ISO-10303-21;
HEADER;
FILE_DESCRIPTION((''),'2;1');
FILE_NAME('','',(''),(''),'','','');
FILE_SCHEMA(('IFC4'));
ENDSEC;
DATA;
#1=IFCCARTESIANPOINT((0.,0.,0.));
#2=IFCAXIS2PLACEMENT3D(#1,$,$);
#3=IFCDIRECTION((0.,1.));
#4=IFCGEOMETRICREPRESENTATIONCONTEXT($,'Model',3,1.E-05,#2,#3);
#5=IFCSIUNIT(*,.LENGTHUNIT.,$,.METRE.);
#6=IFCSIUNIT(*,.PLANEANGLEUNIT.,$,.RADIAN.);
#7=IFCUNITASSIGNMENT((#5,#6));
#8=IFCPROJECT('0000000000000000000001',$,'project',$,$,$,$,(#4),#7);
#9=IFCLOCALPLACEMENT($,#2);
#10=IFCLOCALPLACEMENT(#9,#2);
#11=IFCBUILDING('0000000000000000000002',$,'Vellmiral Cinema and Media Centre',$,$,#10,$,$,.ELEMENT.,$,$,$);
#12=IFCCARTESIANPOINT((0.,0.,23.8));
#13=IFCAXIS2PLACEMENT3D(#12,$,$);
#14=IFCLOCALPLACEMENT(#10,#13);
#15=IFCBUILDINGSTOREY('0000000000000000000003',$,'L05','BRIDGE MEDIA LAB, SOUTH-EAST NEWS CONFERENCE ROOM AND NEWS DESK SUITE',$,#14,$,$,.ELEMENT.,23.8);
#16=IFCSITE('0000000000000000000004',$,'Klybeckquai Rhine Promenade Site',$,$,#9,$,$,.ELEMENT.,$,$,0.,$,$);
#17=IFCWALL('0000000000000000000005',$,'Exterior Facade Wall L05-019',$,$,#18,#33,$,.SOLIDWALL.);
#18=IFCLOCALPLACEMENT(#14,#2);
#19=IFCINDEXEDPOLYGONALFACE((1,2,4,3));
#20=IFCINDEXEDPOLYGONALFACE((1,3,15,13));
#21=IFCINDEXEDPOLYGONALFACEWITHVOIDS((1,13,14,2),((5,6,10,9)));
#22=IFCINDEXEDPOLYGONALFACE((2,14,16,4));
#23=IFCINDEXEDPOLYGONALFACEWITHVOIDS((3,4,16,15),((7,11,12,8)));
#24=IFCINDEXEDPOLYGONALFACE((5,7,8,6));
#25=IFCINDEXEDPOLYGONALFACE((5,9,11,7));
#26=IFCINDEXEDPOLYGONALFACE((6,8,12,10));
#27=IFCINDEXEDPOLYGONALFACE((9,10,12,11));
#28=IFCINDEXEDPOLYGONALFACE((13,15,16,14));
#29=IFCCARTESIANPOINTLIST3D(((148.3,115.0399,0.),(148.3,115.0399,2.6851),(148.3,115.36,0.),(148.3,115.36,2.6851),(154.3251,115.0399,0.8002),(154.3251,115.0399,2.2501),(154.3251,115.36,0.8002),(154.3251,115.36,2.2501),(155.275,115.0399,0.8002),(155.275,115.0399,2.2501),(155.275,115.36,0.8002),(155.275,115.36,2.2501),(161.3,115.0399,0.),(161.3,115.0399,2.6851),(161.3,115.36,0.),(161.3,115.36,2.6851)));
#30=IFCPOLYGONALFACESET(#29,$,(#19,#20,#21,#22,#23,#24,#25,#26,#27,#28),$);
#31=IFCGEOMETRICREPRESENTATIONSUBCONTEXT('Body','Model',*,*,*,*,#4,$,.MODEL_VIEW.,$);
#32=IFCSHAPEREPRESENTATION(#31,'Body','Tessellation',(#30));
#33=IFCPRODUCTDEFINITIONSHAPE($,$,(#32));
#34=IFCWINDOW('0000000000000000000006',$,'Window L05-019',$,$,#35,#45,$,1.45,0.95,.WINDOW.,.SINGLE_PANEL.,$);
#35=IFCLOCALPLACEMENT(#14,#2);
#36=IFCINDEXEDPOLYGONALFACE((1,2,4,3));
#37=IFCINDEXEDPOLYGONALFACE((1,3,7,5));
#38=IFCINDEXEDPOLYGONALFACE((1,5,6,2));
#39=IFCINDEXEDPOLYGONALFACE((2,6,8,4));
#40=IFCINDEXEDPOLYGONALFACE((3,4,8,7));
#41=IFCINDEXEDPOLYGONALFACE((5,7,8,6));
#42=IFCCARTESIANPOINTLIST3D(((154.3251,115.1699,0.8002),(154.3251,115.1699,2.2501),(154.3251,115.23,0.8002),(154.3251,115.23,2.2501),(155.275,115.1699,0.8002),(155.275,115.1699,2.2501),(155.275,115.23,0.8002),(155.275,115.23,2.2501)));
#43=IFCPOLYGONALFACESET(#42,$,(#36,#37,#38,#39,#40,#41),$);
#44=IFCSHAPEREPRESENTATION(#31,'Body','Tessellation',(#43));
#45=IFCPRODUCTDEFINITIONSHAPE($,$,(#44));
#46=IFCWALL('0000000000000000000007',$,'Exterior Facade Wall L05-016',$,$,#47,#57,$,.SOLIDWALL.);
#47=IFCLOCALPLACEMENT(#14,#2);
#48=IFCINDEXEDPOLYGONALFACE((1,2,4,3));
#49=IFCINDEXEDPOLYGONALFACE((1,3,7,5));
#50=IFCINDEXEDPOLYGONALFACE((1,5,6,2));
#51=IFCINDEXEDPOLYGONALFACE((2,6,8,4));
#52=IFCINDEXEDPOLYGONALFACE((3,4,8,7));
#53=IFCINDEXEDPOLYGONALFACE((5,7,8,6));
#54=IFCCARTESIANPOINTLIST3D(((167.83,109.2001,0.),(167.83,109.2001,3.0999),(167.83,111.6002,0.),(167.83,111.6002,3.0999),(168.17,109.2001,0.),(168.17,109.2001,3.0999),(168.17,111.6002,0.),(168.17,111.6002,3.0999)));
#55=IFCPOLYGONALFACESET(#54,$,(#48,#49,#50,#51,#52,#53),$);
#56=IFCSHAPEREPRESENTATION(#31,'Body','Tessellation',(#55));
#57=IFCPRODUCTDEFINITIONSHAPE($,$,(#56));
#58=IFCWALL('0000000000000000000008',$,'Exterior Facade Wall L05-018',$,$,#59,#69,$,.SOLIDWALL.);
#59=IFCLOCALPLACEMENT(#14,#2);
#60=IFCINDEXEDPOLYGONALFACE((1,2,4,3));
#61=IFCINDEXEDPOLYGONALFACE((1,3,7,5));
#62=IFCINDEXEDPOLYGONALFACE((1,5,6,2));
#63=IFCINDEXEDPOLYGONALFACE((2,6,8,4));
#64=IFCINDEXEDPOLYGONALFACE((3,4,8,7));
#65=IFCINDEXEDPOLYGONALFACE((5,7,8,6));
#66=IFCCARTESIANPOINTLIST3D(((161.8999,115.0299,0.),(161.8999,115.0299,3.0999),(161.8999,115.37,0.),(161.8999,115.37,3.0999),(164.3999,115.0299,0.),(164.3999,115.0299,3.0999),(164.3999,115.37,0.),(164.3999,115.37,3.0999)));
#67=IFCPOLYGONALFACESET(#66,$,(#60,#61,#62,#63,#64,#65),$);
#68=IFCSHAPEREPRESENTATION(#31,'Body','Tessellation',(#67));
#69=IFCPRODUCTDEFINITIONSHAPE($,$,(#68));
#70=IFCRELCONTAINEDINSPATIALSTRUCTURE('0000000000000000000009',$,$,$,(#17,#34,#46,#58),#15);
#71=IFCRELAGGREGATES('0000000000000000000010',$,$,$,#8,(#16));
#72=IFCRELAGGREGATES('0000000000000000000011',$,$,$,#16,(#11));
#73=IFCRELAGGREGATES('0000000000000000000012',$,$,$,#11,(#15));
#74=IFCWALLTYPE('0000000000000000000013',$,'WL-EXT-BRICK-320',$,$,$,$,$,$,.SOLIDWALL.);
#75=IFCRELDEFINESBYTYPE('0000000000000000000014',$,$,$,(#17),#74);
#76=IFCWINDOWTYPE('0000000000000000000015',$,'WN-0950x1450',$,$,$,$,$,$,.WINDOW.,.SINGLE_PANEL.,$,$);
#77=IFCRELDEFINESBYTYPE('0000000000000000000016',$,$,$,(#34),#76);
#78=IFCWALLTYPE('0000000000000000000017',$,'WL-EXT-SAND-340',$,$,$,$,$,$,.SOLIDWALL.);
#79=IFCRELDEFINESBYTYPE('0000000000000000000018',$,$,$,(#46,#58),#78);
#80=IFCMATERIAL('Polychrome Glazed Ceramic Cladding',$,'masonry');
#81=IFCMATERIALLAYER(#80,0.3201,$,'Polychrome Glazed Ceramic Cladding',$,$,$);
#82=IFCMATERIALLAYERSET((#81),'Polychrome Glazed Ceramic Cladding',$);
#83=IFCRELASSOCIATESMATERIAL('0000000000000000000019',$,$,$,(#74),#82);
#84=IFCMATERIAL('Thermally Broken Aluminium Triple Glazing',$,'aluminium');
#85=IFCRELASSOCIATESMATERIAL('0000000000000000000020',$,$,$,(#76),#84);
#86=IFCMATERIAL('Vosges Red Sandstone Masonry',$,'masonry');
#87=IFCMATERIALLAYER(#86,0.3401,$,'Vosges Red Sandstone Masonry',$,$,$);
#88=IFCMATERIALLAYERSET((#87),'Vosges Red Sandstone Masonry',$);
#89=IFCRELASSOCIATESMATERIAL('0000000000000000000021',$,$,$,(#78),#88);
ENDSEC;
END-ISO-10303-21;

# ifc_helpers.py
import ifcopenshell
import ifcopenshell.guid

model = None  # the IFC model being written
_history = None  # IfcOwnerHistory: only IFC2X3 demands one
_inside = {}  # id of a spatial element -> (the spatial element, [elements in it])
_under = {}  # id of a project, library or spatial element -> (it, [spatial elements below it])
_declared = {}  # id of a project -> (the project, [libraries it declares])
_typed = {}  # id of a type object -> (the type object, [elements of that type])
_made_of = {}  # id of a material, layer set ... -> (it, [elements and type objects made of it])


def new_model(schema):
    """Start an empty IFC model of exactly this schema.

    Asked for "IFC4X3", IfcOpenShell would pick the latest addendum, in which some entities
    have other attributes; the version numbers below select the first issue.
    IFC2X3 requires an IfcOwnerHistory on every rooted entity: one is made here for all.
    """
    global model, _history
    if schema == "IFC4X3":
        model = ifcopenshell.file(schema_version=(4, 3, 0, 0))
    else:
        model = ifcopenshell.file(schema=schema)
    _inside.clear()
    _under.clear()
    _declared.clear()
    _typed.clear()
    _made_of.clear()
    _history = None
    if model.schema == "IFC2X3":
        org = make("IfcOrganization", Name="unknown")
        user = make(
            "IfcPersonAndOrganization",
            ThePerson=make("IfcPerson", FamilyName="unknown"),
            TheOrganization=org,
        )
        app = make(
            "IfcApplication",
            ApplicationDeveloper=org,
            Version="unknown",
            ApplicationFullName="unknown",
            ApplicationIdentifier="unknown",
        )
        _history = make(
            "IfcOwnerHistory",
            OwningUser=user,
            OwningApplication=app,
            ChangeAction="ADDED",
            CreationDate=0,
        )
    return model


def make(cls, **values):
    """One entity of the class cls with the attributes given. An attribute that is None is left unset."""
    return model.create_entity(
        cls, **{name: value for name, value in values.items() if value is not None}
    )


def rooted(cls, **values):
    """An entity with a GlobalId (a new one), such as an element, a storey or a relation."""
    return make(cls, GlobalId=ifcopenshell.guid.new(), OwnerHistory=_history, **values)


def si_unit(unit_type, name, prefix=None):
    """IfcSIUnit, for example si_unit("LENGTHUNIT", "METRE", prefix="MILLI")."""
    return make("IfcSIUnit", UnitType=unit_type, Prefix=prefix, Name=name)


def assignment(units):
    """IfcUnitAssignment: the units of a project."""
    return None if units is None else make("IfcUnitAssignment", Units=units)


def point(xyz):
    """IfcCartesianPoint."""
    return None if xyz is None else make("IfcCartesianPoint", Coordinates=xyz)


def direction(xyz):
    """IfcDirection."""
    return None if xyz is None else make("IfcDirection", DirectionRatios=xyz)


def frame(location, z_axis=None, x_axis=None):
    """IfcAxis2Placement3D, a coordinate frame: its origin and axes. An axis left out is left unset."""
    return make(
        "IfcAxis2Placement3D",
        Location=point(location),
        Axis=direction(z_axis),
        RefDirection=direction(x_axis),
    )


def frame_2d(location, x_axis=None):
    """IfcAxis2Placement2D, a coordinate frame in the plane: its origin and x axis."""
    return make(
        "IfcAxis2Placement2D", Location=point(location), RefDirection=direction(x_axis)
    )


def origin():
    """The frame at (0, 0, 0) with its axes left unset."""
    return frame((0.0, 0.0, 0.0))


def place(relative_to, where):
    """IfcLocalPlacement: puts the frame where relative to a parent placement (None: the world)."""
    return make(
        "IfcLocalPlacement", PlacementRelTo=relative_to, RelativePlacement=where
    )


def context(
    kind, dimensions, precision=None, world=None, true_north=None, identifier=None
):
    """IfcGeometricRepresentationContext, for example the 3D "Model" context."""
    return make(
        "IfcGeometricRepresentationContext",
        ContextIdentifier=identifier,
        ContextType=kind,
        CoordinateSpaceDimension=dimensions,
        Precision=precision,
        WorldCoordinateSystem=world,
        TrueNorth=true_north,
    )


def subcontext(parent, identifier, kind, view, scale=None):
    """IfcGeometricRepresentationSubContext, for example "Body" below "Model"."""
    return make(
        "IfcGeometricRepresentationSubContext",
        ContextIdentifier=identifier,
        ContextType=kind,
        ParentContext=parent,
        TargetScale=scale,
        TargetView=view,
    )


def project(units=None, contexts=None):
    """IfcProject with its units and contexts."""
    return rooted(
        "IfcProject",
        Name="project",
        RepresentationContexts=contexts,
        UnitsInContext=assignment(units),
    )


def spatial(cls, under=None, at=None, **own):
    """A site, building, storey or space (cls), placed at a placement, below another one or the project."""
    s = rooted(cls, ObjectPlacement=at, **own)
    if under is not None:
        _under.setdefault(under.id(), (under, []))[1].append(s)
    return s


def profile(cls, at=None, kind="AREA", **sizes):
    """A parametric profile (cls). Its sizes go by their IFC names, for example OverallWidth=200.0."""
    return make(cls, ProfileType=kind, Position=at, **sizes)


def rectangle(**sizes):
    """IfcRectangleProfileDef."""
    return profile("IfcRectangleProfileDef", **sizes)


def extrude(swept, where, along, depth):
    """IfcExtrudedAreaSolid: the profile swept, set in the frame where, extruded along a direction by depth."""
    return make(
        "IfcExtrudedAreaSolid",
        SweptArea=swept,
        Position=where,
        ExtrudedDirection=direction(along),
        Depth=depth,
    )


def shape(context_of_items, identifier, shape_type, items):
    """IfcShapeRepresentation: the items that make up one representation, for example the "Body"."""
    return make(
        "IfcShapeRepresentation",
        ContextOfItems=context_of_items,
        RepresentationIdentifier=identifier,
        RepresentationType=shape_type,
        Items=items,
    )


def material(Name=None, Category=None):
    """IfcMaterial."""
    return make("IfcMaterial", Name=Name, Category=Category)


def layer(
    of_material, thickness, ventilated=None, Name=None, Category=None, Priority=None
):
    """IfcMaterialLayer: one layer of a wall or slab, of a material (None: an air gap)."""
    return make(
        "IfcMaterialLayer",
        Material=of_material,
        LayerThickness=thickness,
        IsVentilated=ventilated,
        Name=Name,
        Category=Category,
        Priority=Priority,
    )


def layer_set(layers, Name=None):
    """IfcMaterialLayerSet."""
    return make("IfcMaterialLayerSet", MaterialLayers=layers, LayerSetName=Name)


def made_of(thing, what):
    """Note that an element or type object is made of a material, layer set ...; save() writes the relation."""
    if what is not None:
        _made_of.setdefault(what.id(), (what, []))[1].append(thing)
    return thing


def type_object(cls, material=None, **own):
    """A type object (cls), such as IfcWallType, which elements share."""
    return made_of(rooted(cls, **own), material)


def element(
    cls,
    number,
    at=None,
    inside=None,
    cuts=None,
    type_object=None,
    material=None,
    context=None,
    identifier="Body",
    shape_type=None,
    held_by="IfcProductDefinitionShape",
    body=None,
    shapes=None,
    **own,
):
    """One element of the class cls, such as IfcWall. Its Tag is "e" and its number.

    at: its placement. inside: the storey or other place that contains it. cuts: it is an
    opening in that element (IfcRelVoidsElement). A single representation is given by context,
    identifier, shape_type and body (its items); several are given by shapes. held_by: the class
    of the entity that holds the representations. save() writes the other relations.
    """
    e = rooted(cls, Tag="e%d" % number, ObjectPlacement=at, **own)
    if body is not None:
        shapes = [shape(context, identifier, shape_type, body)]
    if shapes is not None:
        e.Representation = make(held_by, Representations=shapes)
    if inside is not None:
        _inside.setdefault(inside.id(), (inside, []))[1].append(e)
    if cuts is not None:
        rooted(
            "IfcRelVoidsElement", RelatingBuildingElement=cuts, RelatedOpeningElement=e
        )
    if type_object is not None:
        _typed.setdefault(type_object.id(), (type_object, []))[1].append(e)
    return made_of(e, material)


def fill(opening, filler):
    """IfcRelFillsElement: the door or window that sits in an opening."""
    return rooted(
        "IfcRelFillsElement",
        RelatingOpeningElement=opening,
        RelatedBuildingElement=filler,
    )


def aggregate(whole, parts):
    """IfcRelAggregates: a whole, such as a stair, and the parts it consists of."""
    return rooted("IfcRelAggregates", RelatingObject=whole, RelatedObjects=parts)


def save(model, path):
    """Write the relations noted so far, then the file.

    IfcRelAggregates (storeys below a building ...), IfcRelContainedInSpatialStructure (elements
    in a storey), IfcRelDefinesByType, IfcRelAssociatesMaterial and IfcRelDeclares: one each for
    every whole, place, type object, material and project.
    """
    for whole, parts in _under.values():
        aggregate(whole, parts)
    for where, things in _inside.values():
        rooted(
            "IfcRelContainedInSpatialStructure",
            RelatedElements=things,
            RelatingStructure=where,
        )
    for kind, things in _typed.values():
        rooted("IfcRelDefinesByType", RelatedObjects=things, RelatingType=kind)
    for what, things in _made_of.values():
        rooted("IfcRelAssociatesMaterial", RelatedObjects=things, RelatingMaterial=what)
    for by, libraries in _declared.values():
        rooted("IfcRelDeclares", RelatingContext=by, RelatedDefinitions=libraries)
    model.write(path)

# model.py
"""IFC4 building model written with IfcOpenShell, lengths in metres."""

from ifc_helpers import new_model, si_unit, direction, frame, frame_2d, origin, place, context, subcontext, project, spatial, rectangle, extrude, material, layer, layer_set, type_object, element, fill, save


model = new_model("IFC4")

# Units and contexts
model_context = context("Model", 3, precision=1e-05, world=origin(), true_north=direction((0.0, 1.0)))
body_context = subcontext(model_context, "Body", "Model", "MODEL_VIEW")
ifc_project = project(units=[si_unit("LENGTHUNIT", "METRE"), si_unit("PLANEANGLEUNIT", "RADIAN")], contexts=[model_context])

# Site, building, storey
site_placement = place(None, origin())
site = spatial("IfcSite", under=ifc_project, at=site_placement, Name="Klybeckquai Rhine Promenade Site", CompositionType="ELEMENT", RefElevation=0.0)
building_placement = place(site_placement, origin())
building = spatial("IfcBuilding", under=site, at=building_placement, Name="Vellmiral Cinema and Media Centre", CompositionType="ELEMENT")
storey_placement = place(building_placement, frame((0.0, 0.0, 23.8)))
storey = spatial("IfcBuildingStorey", under=building, at=storey_placement, Name="L05", Description="BRIDGE MEDIA LAB, SOUTH-EAST NEWS CONFERENCE ROOM AND NEWS DESK SUITE", CompositionType="ELEMENT", Elevation=23.8)

# Shared definitions
ifc_material_1 = material(Name="Polychrome Glazed Ceramic Cladding", Category="masonry")
ifc_layer_1 = layer(ifc_material_1, 0.3201, Name="Polychrome Glazed Ceramic Cladding")
ifc_layer_set_1 = layer_set([ifc_layer_1], Name="Polychrome Glazed Ceramic Cladding")
wall_type_1 = type_object("IfcWallType", Name="WL-EXT-BRICK-320", PredefinedType="SOLIDWALL", material=ifc_layer_set_1)

# Wall, opening, window
wall_1_placement = place(storey_placement, frame((161.3, 115.2, 0.0), z_axis=(0.0, 0.0, 1.0), x_axis=(-1.0, 0.0, 0.0)))
wall_1 = element("IfcWall", 1, at=wall_1_placement, inside=storey, type_object=wall_type_1, Name="Exterior Facade Wall L05-019", PredefinedType="SOLIDWALL", context=body_context, shape_type="SweptSolid", body=[
    extrude(rectangle(XDim=13.0, YDim=0.3201, at=frame_2d((6.5, 0.0))), origin(), (0.0, 0.0, 1.0), 2.6851),
])
opening_1_placement = place(wall_1_placement, frame((6.0249, 0.0, 0.8)))
opening_1 = element("IfcOpeningElement", 2, at=opening_1_placement, cuts=wall_1, PredefinedType="OPENING", context=body_context, shape_type="SweptSolid", body=[
    extrude(rectangle(XDim=0.95, YDim=1.45, at=frame_2d((0.4751, 0.7251))), frame((0.0, 0.1719, 0.0), z_axis=(0.0, -1.0, 0.0), x_axis=(1.0, 0.0, 0.0)), (0.0, 0.0, 1.0), 0.344),
])
ifc_material_2 = material(Name="Thermally Broken Aluminium Triple Glazing", Category="aluminium")
window_type_1 = type_object("IfcWindowType", Name="WN-0950x1450", PartitioningType="SINGLE_PANEL", PredefinedType="WINDOW", material=ifc_material_2)
window_1_placement = place(opening_1_placement, origin())
window_1 = element("IfcWindow", 3, at=window_1_placement, inside=storey, type_object=window_type_1, Name="Window L05-019", OverallHeight=1.45, OverallWidth=0.95, PartitioningType="SINGLE_PANEL", PredefinedType="WINDOW", context=body_context, shape_type="SweptSolid", body=[
    extrude(rectangle(XDim=0.95, YDim=1.45, at=frame_2d((0.4751, 0.7251))), frame((0.0, 0.03, 0.0), z_axis=(0.0, -1.0, 0.0), x_axis=(1.0, 0.0, 0.0)), (0.0, 0.0, 1.0), 0.0601),
])
fill(opening_1, window_1)

# Walls
ifc_material_3 = material(Name="Vosges Red Sandstone Masonry", Category="masonry")
ifc_layer_2 = layer(ifc_material_3, 0.3401, Name="Vosges Red Sandstone Masonry")
ifc_layer_set_2 = layer_set([ifc_layer_2], Name="Vosges Red Sandstone Masonry")
wall_type_2 = type_object("IfcWallType", Name="WL-EXT-SAND-340", PredefinedType="SOLIDWALL", material=ifc_layer_set_2)
wall_2_placement = place(storey_placement, frame((168.0, 109.2, 0.0), z_axis=(0.0, 0.0, 1.0), x_axis=(0.0, 1.0, 0.0)))
element("IfcWall", 4, at=wall_2_placement, inside=storey, type_object=wall_type_2, Name="Exterior Facade Wall L05-016", PredefinedType="SOLIDWALL", context=body_context, shape_type="SweptSolid", body=[
    extrude(rectangle(XDim=2.4001, YDim=0.3401, at=frame_2d((1.2002, 0.0))), origin(), (0.0, 0.0, 1.0), 3.0999),
])
wall_3_placement = place(storey_placement, frame((164.3999, 115.2, 0.0), z_axis=(0.0, 0.0, 1.0), x_axis=(-1.0, 0.0, 0.0)))
element("IfcWall", 5, at=wall_3_placement, inside=storey, type_object=wall_type_2, Name="Exterior Facade Wall L05-018", PredefinedType="SOLIDWALL", context=body_context, shape_type="SweptSolid", body=[
    extrude(rectangle(XDim=2.5, YDim=0.3401, at=frame_2d((1.25, 0.0))), origin(), (0.0, 0.0, 1.0), 3.0999),
])

save(model, "model.ifc")
